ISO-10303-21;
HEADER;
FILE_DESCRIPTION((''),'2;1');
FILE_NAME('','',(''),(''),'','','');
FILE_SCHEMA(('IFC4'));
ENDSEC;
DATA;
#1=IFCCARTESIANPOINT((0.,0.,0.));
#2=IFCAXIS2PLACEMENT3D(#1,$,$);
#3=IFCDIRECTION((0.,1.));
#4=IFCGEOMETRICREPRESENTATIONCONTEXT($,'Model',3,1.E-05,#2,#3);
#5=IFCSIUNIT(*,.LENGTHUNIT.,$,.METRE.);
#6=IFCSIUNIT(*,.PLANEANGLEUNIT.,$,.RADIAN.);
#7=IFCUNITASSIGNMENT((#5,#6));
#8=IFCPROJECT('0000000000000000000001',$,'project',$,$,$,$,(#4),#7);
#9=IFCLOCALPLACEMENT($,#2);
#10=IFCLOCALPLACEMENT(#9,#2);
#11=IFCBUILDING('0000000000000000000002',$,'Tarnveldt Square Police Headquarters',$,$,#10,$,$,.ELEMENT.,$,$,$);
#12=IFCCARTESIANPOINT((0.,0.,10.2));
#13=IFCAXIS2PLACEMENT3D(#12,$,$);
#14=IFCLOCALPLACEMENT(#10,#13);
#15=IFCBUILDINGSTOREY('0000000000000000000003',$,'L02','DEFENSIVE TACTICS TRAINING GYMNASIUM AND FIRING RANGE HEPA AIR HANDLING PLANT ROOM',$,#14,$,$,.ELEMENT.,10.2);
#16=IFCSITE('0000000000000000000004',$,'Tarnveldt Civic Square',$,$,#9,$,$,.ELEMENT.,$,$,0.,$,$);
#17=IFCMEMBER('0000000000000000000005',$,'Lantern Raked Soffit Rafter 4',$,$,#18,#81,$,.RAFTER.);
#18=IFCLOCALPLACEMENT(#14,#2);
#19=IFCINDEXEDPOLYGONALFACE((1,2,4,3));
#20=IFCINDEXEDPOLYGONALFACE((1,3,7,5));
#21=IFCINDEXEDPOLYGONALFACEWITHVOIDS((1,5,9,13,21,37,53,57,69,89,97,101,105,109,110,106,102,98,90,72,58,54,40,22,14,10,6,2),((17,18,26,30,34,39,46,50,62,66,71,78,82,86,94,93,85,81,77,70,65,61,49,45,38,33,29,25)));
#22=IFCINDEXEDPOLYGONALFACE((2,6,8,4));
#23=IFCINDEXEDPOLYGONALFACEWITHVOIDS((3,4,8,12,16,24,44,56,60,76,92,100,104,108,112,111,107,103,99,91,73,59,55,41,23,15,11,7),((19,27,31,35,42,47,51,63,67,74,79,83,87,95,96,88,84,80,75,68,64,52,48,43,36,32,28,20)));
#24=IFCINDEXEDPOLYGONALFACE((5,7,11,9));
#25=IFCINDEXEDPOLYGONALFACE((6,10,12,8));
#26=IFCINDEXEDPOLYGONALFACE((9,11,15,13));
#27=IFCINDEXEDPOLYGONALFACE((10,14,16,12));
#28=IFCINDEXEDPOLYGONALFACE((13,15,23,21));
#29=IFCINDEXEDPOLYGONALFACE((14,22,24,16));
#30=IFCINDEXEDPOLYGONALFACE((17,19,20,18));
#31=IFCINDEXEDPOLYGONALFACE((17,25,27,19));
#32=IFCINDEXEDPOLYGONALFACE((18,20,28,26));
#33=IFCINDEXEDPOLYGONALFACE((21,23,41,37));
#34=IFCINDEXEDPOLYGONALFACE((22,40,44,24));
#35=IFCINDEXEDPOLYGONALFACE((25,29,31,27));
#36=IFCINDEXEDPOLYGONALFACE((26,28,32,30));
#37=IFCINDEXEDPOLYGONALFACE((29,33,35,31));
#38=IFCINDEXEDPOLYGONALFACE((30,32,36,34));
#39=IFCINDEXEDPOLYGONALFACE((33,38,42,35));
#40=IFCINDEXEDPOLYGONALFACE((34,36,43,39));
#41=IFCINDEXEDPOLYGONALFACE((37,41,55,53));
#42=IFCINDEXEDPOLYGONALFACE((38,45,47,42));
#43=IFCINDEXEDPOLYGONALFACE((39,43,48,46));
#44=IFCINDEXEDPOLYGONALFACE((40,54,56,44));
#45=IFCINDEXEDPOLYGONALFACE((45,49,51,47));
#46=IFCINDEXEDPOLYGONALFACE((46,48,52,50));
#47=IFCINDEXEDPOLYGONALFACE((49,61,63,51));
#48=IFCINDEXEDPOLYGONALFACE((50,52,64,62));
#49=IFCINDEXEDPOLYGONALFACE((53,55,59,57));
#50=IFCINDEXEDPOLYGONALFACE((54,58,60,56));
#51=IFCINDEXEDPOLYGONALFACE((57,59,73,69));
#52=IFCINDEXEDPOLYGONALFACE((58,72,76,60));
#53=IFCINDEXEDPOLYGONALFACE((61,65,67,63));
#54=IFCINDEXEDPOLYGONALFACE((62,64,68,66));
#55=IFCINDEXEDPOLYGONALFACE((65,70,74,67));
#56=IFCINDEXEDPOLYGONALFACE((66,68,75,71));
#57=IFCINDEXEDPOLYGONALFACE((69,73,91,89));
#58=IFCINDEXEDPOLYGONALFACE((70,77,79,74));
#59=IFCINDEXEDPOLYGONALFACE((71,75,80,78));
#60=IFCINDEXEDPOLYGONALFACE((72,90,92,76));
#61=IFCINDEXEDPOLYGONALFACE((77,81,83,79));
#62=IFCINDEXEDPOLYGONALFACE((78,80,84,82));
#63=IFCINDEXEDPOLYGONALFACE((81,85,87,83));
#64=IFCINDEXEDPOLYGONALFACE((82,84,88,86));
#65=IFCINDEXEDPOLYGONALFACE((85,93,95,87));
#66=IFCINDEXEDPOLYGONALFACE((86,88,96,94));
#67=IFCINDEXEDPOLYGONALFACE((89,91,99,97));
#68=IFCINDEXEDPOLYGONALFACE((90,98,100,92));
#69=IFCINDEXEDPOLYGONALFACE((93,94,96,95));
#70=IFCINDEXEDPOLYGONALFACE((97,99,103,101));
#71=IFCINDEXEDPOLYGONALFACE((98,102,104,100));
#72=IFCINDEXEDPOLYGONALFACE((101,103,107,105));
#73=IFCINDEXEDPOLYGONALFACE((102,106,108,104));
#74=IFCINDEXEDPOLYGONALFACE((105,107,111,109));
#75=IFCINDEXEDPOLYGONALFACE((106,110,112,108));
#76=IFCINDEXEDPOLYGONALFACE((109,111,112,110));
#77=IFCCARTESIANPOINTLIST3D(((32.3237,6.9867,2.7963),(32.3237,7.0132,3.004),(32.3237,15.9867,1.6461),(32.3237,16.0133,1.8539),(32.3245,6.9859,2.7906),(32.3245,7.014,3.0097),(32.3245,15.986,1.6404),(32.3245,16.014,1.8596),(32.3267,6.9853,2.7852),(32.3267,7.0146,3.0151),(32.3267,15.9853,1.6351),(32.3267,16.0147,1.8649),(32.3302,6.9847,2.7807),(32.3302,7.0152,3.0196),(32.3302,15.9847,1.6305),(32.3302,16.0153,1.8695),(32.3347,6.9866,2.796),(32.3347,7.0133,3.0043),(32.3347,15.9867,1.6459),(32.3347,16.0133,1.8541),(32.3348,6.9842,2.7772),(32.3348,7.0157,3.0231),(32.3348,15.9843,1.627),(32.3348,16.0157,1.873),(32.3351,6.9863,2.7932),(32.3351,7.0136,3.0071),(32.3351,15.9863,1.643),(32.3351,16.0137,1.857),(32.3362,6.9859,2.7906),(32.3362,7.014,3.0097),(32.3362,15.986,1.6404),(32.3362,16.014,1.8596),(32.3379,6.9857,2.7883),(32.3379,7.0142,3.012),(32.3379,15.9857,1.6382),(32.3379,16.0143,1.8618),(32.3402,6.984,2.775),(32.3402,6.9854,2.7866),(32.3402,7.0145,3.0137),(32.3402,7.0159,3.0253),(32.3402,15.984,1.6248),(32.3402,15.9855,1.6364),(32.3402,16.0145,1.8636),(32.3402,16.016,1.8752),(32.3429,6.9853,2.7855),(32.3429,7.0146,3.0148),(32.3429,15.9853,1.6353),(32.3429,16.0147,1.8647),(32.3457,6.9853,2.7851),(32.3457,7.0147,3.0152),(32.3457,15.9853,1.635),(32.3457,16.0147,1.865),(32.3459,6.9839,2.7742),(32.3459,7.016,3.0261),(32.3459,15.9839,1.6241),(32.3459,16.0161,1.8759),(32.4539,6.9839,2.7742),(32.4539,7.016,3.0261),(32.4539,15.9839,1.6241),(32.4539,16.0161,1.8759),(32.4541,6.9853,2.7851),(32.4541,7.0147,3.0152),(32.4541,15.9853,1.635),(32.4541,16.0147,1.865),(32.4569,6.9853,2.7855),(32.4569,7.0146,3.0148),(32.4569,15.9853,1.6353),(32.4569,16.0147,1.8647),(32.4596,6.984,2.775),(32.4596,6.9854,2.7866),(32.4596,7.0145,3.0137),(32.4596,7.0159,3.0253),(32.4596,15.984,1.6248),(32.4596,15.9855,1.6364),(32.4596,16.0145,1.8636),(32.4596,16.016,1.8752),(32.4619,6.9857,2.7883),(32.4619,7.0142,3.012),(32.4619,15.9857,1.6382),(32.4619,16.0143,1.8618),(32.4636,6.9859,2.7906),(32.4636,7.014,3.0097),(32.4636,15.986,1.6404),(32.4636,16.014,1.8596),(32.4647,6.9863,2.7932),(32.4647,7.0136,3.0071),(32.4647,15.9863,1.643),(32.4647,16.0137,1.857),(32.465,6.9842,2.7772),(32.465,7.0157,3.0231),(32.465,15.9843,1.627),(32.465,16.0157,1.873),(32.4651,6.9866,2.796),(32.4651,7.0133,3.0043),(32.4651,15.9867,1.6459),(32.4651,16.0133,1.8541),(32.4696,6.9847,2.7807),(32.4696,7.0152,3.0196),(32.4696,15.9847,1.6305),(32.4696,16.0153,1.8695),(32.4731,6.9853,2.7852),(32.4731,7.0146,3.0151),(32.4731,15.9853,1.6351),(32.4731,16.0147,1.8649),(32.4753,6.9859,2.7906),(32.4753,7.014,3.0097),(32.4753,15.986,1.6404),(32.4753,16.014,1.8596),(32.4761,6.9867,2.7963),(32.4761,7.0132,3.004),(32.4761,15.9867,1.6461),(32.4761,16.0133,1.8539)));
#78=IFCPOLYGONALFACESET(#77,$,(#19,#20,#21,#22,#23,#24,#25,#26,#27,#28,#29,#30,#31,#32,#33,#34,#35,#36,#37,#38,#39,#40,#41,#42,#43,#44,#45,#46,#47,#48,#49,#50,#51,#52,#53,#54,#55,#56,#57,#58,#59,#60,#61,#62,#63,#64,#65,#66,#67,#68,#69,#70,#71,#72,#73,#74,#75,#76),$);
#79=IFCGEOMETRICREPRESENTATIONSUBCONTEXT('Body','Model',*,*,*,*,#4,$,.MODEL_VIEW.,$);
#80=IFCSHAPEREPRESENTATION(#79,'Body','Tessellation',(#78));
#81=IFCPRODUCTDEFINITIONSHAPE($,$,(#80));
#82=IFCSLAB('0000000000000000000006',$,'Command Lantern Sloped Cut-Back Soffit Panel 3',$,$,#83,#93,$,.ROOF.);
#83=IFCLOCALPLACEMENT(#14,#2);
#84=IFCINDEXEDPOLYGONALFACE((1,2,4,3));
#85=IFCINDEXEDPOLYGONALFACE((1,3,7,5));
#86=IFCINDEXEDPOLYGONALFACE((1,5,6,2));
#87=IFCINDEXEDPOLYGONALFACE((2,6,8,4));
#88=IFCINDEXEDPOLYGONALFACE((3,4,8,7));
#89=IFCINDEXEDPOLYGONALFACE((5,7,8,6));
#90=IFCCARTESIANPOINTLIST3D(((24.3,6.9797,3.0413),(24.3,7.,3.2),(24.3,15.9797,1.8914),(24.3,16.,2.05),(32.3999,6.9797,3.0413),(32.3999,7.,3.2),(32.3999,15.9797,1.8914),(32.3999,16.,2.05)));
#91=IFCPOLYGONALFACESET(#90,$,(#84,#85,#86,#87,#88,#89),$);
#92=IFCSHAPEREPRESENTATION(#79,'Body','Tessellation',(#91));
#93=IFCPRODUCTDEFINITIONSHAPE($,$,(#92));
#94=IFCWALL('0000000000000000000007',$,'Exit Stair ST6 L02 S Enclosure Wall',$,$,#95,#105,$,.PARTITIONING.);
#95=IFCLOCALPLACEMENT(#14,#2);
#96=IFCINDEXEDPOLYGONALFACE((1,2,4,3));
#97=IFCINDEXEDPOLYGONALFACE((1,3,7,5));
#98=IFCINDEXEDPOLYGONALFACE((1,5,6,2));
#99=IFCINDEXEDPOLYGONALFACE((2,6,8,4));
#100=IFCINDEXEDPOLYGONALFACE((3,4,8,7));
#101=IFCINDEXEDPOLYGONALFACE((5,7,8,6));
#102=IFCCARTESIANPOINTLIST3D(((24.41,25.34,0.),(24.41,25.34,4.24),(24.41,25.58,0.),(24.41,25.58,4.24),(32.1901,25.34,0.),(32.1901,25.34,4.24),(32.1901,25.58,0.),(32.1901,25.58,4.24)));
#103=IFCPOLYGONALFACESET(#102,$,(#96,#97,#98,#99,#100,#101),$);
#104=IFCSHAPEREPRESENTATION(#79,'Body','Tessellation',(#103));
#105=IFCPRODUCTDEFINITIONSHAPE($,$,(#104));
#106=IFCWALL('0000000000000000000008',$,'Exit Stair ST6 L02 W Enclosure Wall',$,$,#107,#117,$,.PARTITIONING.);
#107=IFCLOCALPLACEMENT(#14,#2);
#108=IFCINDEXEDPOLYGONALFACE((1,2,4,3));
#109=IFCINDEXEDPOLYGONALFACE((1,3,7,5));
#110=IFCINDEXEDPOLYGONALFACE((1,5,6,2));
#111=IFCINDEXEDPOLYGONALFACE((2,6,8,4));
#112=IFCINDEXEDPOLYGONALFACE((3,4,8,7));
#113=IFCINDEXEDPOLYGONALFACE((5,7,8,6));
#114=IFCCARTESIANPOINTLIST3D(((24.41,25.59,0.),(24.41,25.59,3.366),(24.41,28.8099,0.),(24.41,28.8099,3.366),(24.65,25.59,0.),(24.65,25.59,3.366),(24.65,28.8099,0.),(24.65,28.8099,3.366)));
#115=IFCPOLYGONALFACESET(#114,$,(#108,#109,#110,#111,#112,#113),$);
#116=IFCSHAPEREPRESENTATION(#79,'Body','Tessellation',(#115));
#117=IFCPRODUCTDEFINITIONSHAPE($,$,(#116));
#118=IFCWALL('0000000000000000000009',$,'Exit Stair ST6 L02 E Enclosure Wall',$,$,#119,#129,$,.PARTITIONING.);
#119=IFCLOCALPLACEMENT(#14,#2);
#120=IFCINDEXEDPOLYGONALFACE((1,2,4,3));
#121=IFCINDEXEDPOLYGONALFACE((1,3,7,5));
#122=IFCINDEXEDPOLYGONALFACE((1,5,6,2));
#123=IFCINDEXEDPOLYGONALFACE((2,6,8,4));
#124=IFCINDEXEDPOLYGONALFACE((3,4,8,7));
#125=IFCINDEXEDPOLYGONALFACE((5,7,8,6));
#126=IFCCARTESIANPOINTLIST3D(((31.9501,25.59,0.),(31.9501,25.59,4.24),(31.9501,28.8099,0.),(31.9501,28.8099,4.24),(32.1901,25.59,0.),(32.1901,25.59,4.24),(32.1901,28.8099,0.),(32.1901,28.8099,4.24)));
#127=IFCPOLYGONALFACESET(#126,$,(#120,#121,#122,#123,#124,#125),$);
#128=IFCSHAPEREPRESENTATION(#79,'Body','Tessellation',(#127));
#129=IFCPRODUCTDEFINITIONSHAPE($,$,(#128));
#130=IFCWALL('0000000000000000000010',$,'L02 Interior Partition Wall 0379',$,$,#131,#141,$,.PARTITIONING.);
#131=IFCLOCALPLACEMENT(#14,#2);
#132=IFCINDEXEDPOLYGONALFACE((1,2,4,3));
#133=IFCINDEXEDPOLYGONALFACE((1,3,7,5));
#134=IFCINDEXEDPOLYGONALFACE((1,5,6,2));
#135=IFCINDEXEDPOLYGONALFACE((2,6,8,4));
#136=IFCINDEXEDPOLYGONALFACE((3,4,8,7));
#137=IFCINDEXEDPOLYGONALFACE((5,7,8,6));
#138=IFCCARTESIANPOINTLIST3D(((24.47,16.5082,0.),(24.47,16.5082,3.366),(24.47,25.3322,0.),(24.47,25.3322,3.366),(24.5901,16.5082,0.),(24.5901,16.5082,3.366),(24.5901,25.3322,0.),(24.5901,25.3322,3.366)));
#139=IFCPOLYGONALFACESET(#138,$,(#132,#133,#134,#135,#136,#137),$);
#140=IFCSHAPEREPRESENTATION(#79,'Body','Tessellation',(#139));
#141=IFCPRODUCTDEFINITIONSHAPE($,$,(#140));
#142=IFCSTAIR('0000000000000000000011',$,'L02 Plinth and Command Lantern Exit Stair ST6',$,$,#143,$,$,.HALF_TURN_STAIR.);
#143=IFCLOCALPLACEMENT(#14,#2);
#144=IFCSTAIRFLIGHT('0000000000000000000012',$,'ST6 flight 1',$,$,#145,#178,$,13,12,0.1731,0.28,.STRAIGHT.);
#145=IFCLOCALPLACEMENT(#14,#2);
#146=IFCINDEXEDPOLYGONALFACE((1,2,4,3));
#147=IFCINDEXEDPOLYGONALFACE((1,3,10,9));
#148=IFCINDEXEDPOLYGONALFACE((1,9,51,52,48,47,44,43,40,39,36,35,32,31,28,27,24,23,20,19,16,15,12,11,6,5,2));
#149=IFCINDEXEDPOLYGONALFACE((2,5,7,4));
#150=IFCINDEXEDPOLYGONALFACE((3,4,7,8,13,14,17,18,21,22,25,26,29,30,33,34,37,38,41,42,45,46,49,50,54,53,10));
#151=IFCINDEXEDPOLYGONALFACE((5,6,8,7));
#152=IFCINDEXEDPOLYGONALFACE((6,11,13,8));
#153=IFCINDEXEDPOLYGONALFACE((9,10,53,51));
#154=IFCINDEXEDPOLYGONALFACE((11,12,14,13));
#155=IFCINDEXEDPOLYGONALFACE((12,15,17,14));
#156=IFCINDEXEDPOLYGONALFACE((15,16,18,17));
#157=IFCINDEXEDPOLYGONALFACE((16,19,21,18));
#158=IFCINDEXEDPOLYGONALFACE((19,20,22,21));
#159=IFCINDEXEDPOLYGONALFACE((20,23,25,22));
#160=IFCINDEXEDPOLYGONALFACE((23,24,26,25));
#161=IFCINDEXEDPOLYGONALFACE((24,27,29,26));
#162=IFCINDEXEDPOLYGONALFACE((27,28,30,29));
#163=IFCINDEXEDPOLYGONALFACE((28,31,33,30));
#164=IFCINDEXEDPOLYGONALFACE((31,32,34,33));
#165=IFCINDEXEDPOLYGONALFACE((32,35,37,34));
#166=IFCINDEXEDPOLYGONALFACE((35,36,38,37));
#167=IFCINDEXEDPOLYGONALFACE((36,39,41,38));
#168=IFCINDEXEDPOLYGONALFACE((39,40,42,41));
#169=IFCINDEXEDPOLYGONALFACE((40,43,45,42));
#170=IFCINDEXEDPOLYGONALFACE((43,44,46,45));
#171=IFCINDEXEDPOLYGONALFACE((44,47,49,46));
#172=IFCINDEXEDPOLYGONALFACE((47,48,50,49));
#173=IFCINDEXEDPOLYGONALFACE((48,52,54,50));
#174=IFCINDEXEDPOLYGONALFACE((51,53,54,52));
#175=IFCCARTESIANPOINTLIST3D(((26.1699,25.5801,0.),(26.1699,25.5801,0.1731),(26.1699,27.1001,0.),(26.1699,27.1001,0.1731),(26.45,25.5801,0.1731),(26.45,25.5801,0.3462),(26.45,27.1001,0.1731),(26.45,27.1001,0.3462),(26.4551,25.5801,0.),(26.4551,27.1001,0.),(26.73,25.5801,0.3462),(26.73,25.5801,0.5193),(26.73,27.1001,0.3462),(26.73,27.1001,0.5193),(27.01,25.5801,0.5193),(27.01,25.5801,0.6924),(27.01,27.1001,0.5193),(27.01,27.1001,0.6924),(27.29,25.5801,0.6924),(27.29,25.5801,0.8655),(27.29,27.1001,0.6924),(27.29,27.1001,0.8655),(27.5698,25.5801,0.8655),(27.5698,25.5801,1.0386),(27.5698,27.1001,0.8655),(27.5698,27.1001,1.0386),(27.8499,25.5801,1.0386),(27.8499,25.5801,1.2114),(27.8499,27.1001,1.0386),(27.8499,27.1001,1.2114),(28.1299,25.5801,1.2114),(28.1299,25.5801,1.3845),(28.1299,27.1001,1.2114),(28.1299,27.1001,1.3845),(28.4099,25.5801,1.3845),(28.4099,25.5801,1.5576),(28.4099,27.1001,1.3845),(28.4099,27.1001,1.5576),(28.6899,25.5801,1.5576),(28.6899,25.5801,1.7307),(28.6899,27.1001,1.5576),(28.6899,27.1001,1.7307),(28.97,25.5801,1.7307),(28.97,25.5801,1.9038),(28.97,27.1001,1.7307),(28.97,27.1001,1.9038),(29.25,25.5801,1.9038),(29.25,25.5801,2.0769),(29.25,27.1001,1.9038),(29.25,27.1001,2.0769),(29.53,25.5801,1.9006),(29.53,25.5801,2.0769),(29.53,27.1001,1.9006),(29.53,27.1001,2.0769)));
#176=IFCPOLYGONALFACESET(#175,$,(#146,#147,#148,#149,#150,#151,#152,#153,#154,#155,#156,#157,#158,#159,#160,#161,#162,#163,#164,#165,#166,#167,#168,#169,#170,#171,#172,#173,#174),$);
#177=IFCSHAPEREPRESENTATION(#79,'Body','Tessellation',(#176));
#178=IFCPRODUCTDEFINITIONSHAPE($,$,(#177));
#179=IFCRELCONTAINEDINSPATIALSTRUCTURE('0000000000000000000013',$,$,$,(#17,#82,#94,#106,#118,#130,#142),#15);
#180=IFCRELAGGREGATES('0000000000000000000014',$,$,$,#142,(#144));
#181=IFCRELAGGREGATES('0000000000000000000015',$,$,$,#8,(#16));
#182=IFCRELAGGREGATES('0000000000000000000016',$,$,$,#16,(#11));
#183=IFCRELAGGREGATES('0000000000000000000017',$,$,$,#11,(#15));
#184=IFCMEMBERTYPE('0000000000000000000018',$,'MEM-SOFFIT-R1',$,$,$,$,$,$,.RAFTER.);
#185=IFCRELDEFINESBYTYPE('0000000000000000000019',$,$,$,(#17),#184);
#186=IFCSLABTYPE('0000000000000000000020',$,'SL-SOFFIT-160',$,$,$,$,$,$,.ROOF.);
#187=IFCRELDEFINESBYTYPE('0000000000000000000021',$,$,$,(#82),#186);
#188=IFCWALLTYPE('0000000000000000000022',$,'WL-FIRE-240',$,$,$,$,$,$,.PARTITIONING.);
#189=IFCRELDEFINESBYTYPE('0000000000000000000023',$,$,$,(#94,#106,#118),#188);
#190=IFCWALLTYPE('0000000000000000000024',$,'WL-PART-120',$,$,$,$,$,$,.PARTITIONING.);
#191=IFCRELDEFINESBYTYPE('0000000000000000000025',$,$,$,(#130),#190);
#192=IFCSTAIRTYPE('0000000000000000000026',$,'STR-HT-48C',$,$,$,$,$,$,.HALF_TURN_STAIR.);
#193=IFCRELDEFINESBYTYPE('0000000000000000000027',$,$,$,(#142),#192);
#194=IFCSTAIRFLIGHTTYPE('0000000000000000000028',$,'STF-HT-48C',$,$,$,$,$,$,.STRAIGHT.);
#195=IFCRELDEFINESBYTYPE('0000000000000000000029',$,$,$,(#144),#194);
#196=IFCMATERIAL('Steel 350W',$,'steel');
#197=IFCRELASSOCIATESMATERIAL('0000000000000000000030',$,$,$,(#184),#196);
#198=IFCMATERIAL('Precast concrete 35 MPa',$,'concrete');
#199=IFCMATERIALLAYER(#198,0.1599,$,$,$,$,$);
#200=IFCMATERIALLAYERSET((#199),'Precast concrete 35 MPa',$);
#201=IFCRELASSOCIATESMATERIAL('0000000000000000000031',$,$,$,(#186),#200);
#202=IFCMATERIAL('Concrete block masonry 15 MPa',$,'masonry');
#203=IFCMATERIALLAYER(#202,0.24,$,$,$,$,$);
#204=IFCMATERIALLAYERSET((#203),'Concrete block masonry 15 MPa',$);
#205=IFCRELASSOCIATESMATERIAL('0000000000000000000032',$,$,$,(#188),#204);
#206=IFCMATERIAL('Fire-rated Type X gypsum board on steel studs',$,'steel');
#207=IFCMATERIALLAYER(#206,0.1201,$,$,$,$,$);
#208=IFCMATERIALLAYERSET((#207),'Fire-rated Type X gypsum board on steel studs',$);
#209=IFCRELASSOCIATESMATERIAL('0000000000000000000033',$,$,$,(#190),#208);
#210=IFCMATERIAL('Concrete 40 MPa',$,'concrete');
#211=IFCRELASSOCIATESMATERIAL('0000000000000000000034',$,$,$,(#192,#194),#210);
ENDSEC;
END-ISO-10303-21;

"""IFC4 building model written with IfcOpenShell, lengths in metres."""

from ifc_helpers import new_model, si_unit, direction, frame, frame_2d, origin, origin_2d, place, context, subcontext, project, spatial, polyline, rectangle, hollow_rectangle, outline, extrude, material, layer, layer_set, material_profile, profile_set, type_object, element, aggregate, save


model = new_model("IFC4")

# Units and contexts
model_context = context("Model", 3, precision=1e-05, world=origin(), true_north=direction((0.0, 1.0)))
body_context = subcontext(model_context, "Body", "Model", "MODEL_VIEW")
ifc_project = project(units=[si_unit("LENGTHUNIT", "METRE"), si_unit("PLANEANGLEUNIT", "RADIAN")], contexts=[model_context])

# Site, building, storey
site_placement = place(None, origin())
site = spatial("IfcSite", under=ifc_project, at=site_placement, Name="Tarnveldt Civic Square", CompositionType="ELEMENT", RefElevation=0.0)
building_placement = place(site_placement, origin())
building = spatial("IfcBuilding", under=site, at=building_placement, Name="Tarnveldt Square Police Headquarters", CompositionType="ELEMENT")
storey_placement = place(building_placement, frame((0.0, 0.0, 10.2)))
storey = spatial("IfcBuildingStorey", under=building, at=storey_placement, Name="L02", Description="DEFENSIVE TACTICS TRAINING GYMNASIUM AND FIRING RANGE HEPA AIR HANDLING PLANT ROOM", CompositionType="ELEMENT", Elevation=10.2)

# Shared definitions
ifc_material_1 = material(Name="Concrete 40 MPa", Category="concrete")

# Member
ifc_material_2 = material(Name="Steel 350W", Category="steel")
ifc_material_profile_1 = material_profile(ifc_material_2, hollow_rectangle(XDim=0.1523, YDim=0.2539, WallThickness=0.011, InnerFilletRadius=0.011, OuterFilletRadius=0.0222, at=origin_2d()), Name="HSS254x152x11")
ifc_profile_set_1 = profile_set([ifc_material_profile_1], Name="Steel 350W")
member_type_1 = type_object("IfcMemberType", Name="MEM-SOFFIT-R1", PredefinedType="RAFTER", material=ifc_profile_set_1)
for number, where, z_axis, x_axis, name in (
    (1, (32.3999, 16.0, 1.75), (0.0, -0.991933, 0.126763), (1.0, 0.0, 0.0), "Lantern Raked Soffit Rafter 4"),
):
    element("IfcMember", number, at=place(storey_placement, frame(where, z_axis=z_axis, x_axis=x_axis)), inside=storey, type_object=member_type_1, Name=name, PredefinedType="RAFTER", context=body_context, shape_type="SweptSolid", body=[
        extrude(hollow_rectangle(XDim=0.1523, YDim=0.2539, WallThickness=0.011, InnerFilletRadius=0.011, OuterFilletRadius=0.0222, at=origin_2d()), origin(), (0.0, 0.0, 1.0), 9.0732),
    ])

# Slab
ifc_material_3 = material(Name="Precast concrete 35 MPa", Category="concrete")
ifc_layer_1 = layer(ifc_material_3, 0.1599)
ifc_layer_set_1 = layer_set([ifc_layer_1], Name="Precast concrete 35 MPa")
slab_type = type_object("IfcSlabType", Name="SL-SOFFIT-160", PredefinedType="ROOF", material=ifc_layer_set_1)
slab_placement = place(storey_placement, frame((24.3, 16.0, 2.05), z_axis=(0.0, 0.126737, 0.991936), x_axis=(1.0, 0.0, 0.0)))
element("IfcSlab", 2, at=slab_placement, inside=storey, type_object=slab_type, Name="Command Lantern Sloped Cut-Back Soffit Panel 3", PredefinedType="ROOF", context=body_context, shape_type="SweptSolid", body=[
    extrude(outline(polyline([(0.0, 0.0), (8.0999, 0.0), (8.0999, -9.0732), (0.0, -9.0732), (0.0, 0.0)])), origin(), (0.0, 0.0, -1.0), 0.1599),
])

# Walls
ifc_material_4 = material(Name="Concrete block masonry 15 MPa", Category="masonry")
ifc_layer_2 = layer(ifc_material_4, 0.24)
ifc_layer_set_2 = layer_set([ifc_layer_2], Name="Concrete block masonry 15 MPa")
wall_type_1 = type_object("IfcWallType", Name="WL-FIRE-240", PredefinedType="PARTITIONING", material=ifc_layer_set_2)
wall_1_placement = place(storey_placement, frame((24.4099, 25.46, 0.0), z_axis=(0.0, 0.0, 1.0), x_axis=(1.0, 0.0, 0.0)))
element("IfcWall", 3, at=wall_1_placement, inside=storey, type_object=wall_type_1, Name="Exit Stair ST6 L02 S Enclosure Wall", PredefinedType="PARTITIONING", context=body_context, shape_type="SweptSolid", body=[
    extrude(rectangle(XDim=7.78, YDim=0.24, at=frame_2d((3.8901, 0.0))), origin(), (0.0, 0.0, 1.0), 4.24),
])
wall_2_placement = place(storey_placement, frame((24.53, 25.5901, 0.0), z_axis=(0.0, 0.0, 1.0), x_axis=(0.0, 1.0, 0.0)))
element("IfcWall", 4, at=wall_2_placement, inside=storey, type_object=wall_type_1, Name="Exit Stair ST6 L02 W Enclosure Wall", PredefinedType="PARTITIONING", context=body_context, shape_type="SweptSolid", body=[
    extrude(rectangle(XDim=3.22, YDim=0.24, at=frame_2d((1.6099, 0.0))), origin(), (0.0, 0.0, 1.0), 3.366),
])
wall_3_placement = place(storey_placement, frame((32.0701, 25.5901, 0.0), z_axis=(0.0, 0.0, 1.0), x_axis=(0.0, 1.0, 0.0)))
element("IfcWall", 5, at=wall_3_placement, inside=storey, type_object=wall_type_1, Name="Exit Stair ST6 L02 E Enclosure Wall", PredefinedType="PARTITIONING", context=body_context, shape_type="SweptSolid", body=[
    extrude(rectangle(XDim=3.22, YDim=0.24, at=frame_2d((1.6099, 0.0))), origin(), (0.0, 0.0, 1.0), 4.24),
])
ifc_material_5 = material(Name="Fire-rated Type X gypsum board on steel studs", Category="steel")
ifc_layer_3 = layer(ifc_material_5, 0.1201)
ifc_layer_set_3 = layer_set([ifc_layer_3], Name="Fire-rated Type X gypsum board on steel studs")
wall_type_2 = type_object("IfcWallType", Name="WL-PART-120", PredefinedType="PARTITIONING", material=ifc_layer_set_3)
wall_4_placement = place(storey_placement, frame((24.53, 16.5081, 0.0), z_axis=(0.0, 0.0, 1.0), x_axis=(0.0, 1.0, 0.0)))
element("IfcWall", 6, at=wall_4_placement, inside=storey, type_object=wall_type_2, Name="L02 Interior Partition Wall 0379", PredefinedType="PARTITIONING", context=body_context, shape_type="SweptSolid", body=[
    extrude(rectangle(XDim=8.824, YDim=0.1201, at=frame_2d((4.4121, 0.0))), origin(), (0.0, 0.0, 1.0), 3.366),
])

# Stair, stair flight
stair_type = type_object("IfcStairType", Name="STR-HT-48C", PredefinedType="HALF_TURN_STAIR", material=ifc_material_1)
stair_placement = place(storey_placement, origin())
stair = element("IfcStair", 7, at=stair_placement, inside=storey, type_object=stair_type, Name="L02 Plinth and Command Lantern Exit Stair ST6", PredefinedType="HALF_TURN_STAIR")
stair_flight_type = type_object("IfcStairFlightType", Name="STF-HT-48C", PredefinedType="STRAIGHT", material=ifc_material_1)
stair_flight_placement = place(storey_placement, frame((26.1699, 26.3401, 0.0), z_axis=(0.0, 0.0, 1.0), x_axis=(1.0, 0.0, 0.0)))
stair_flight = element("IfcStairFlight", 8, at=stair_flight_placement, type_object=stair_flight_type, Name="ST6 flight 1", NumberOfRisers=13, NumberOfTreads=12, PredefinedType="STRAIGHT", RiserHeight=0.1731, TreadLength=0.28, context=body_context, shape_type="SweptSolid", body=[
    extrude(outline(polyline([(0.0, 0.0), (0.0, 0.1731), (0.28, 0.1731), (0.28, 0.3462), (0.5601, 0.3462), (0.5601, 0.5193), (0.8401, 0.5193), (0.8401, 0.6924), (1.1201, 0.6924), (1.1201, 0.8655), (1.3999, 0.8655), (1.3999, 1.0386), (1.6799, 1.0386), (1.6799, 1.2114), (1.96, 1.2114), (1.96, 1.3845), (2.24, 1.3845), (2.24, 1.5576), (2.52, 1.5576), (2.52, 1.7307), (2.8, 1.7307), (2.8, 1.9038), (3.0801, 1.9038), (3.0801, 2.0769), (3.3601, 2.0769), (3.3601, 2.25), (3.3601, 1.9006), (0.2852, 0.0), (0.0, 0.0)])), frame((0.0, 0.76, 0.0), z_axis=(0.0, -1.0, 0.0), x_axis=(1.0, 0.0, 0.0)), (0.0, 0.0, 1.0), 1.52),
])
aggregate(stair, [stair_flight])

save(model, "model.ifc")
